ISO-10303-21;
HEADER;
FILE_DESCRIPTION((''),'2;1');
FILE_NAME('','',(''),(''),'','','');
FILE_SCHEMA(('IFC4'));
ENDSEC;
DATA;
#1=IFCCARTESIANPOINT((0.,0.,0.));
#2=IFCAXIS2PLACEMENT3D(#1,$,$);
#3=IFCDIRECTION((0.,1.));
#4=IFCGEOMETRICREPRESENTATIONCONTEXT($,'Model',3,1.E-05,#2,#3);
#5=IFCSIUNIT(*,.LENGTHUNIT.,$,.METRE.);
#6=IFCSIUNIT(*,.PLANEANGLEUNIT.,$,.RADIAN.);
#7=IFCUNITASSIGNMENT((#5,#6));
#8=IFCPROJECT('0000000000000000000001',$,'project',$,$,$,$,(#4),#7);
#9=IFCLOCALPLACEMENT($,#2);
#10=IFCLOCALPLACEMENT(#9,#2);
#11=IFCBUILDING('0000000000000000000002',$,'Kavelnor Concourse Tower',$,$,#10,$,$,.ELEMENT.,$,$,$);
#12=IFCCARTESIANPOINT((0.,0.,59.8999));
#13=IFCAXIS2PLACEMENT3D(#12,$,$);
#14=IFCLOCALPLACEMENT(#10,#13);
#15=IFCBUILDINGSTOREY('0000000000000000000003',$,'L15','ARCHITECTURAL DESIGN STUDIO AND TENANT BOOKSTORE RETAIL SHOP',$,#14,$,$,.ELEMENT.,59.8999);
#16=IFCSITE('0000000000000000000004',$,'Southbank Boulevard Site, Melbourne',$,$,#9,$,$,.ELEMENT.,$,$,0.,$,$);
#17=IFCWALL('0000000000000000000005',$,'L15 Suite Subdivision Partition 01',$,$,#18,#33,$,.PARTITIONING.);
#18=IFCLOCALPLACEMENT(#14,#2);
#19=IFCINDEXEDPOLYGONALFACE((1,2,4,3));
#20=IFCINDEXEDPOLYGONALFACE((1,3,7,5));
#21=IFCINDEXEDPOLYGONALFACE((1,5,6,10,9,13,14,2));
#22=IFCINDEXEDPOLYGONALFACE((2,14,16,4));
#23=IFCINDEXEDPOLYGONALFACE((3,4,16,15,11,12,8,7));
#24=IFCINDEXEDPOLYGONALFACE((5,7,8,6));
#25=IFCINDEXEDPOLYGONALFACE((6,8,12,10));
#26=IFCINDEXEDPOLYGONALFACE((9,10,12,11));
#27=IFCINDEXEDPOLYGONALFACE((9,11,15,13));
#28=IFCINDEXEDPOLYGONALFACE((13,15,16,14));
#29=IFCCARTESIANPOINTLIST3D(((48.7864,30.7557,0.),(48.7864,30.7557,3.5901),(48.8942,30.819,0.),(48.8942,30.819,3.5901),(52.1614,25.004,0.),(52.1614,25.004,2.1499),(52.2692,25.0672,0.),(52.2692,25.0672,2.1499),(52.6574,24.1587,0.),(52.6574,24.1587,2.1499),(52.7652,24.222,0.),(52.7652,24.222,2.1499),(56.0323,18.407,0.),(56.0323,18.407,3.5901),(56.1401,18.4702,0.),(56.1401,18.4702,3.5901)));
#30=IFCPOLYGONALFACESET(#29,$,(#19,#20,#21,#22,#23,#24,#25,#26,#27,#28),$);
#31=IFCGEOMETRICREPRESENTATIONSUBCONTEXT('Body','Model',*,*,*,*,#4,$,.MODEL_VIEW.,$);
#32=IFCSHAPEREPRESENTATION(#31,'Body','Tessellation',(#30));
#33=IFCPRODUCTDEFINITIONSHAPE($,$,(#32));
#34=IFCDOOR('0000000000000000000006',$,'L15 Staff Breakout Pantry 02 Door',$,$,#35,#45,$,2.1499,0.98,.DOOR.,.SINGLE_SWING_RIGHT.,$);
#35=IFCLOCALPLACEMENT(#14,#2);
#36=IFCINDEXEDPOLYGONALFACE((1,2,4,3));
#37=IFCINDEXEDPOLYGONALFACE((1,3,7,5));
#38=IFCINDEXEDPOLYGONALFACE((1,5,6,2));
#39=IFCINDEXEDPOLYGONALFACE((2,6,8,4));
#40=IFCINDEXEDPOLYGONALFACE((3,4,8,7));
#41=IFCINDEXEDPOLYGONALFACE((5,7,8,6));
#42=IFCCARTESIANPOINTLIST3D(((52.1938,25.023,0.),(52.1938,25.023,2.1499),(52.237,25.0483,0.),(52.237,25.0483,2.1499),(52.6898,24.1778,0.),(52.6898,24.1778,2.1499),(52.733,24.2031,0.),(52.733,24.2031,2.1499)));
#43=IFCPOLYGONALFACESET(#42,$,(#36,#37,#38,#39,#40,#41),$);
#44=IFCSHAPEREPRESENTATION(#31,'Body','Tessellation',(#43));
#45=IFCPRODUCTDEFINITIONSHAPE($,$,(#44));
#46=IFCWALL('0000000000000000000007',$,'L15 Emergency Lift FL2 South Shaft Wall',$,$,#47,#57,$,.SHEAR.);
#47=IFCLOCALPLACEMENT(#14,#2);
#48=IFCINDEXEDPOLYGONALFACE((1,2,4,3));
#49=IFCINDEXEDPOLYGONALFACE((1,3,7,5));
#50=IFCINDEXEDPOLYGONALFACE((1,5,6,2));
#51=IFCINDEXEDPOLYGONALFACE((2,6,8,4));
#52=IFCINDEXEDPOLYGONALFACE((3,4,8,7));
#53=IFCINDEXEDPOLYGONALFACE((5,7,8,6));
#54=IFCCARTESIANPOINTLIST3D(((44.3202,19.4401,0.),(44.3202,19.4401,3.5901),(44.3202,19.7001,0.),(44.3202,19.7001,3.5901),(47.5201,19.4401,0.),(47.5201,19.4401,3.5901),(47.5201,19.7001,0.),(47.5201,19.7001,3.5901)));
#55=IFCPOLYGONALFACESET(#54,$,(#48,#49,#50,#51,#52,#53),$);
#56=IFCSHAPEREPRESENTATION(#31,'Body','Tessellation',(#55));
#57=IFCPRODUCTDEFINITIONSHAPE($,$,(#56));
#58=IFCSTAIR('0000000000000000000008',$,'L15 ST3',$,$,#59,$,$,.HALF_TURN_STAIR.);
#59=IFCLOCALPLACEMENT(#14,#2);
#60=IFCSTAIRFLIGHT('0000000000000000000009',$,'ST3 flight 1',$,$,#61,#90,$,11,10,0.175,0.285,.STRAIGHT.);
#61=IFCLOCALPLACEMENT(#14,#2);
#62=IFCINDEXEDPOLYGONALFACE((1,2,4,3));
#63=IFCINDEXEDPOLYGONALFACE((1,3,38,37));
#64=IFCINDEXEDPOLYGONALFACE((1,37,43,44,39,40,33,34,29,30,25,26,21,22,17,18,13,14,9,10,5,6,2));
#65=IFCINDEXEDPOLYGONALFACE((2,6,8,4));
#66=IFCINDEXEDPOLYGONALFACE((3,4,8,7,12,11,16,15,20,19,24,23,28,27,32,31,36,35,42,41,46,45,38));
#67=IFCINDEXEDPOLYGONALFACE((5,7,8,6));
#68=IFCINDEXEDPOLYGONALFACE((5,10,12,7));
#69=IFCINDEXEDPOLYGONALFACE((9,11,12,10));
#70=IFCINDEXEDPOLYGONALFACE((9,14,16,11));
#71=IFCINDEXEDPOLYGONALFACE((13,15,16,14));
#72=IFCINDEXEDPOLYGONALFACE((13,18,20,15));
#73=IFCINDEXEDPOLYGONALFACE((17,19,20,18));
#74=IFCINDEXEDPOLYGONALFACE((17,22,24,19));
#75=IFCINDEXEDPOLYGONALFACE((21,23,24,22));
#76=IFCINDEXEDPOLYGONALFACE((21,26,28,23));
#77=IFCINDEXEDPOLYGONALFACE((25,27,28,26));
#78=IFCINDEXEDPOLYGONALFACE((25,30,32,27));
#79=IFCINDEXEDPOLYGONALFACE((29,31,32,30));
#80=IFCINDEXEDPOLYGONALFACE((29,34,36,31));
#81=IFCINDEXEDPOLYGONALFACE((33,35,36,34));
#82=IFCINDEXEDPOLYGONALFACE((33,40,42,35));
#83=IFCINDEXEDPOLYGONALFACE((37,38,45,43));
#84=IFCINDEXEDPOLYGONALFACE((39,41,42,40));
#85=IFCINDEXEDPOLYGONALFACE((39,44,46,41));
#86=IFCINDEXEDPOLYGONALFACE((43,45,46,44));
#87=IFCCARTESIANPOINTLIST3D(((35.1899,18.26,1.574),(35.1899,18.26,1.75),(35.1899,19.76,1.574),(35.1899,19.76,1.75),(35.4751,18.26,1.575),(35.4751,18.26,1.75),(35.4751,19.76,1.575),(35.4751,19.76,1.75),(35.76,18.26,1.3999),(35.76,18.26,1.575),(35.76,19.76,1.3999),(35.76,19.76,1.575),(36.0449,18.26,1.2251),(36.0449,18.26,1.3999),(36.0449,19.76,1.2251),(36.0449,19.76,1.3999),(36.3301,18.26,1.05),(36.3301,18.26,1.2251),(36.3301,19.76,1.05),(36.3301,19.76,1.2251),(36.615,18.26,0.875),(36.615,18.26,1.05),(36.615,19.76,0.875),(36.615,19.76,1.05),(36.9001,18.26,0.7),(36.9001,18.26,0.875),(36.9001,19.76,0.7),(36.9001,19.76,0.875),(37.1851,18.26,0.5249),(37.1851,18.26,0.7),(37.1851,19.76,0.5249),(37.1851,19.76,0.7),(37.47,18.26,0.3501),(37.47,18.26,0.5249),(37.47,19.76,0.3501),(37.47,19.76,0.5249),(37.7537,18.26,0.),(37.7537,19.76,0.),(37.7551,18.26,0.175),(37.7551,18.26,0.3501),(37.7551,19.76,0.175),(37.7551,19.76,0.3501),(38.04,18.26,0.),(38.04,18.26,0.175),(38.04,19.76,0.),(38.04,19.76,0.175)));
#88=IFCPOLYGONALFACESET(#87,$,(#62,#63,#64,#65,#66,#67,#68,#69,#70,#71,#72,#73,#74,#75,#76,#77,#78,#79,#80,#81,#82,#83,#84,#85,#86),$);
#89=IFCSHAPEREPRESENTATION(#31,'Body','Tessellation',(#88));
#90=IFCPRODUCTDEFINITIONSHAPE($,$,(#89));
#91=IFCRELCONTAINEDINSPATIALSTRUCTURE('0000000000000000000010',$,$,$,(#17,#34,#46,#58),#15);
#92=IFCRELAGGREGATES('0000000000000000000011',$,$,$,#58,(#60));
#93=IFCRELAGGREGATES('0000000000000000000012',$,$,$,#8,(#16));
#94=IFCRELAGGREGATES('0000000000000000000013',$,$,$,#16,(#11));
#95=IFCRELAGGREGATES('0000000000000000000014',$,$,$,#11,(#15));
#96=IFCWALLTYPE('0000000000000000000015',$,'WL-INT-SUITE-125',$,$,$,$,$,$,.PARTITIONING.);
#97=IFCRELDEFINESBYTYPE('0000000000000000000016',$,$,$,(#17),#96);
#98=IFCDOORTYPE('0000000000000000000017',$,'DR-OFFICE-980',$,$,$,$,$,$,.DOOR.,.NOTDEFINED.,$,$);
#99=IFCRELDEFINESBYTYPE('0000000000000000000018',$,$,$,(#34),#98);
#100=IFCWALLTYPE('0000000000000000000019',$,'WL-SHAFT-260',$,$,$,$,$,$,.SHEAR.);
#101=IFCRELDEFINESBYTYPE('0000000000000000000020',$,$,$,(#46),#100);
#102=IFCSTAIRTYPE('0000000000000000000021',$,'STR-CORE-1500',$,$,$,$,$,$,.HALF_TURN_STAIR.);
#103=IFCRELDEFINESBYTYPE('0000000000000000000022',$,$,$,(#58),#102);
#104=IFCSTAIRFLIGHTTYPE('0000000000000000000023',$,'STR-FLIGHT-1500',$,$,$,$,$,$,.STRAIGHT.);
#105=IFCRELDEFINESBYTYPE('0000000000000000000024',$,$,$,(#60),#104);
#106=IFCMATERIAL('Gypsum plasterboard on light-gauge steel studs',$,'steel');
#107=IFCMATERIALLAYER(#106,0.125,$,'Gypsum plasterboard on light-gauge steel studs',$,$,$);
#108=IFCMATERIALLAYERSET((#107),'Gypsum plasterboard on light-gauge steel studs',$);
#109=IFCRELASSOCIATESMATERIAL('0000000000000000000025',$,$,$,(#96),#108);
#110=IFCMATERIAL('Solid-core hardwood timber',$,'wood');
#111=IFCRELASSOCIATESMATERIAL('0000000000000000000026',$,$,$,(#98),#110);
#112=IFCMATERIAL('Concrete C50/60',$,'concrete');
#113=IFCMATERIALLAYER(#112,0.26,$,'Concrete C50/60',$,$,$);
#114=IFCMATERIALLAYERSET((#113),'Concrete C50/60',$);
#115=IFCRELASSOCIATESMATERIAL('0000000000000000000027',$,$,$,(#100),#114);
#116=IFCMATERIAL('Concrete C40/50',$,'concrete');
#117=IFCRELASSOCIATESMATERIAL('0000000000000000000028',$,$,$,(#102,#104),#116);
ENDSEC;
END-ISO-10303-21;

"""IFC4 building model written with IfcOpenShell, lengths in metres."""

from ifc_helpers import new_model, si_unit, direction, frame, frame_2d, origin, place, context, subcontext, project, spatial, polyline, rectangle, outline, extrude, material, layer, layer_set, type_object, element, fill, aggregate, save


model = new_model("IFC4")

# Units and contexts
model_context = context("Model", 3, precision=1e-05, world=origin(), true_north=direction((0.0, 1.0)))
body_context = subcontext(model_context, "Body", "Model", "MODEL_VIEW")
ifc_project = project(units=[si_unit("LENGTHUNIT", "METRE"), si_unit("PLANEANGLEUNIT", "RADIAN")], contexts=[model_context])

# Site, building, storey
site_placement = place(None, origin())
site = spatial("IfcSite", under=ifc_project, at=site_placement, Name="Southbank Boulevard Site, Melbourne", CompositionType="ELEMENT", RefElevation=0.0)
building_placement = place(site_placement, origin())
building = spatial("IfcBuilding", under=site, at=building_placement, Name="Kavelnor Concourse Tower", CompositionType="ELEMENT")
storey_placement = place(building_placement, frame((0.0, 0.0, 59.8999)))
storey = spatial("IfcBuildingStorey", under=building, at=storey_placement, Name="L15", Description="ARCHITECTURAL DESIGN STUDIO AND TENANT BOOKSTORE RETAIL SHOP", CompositionType="ELEMENT", Elevation=59.8999)

# Shared definitions
ifc_material_1 = material(Name="Gypsum plasterboard on light-gauge steel studs", Category="steel")
ifc_material_2 = material(Name="Solid-core hardwood timber", Category="wood")

# Wall, opening, door
ifc_layer_1 = layer(ifc_material_1, 0.125, Name="Gypsum plasterboard on light-gauge steel studs")
ifc_layer_set_1 = layer_set([ifc_layer_1], Name="Gypsum plasterboard on light-gauge steel studs")
wall_type_1 = type_object("IfcWallType", Name="WL-INT-SUITE-125", PredefinedType="PARTITIONING", material=ifc_layer_set_1)
wall_1_placement = place(storey_placement, frame((56.0862, 18.4387, 0.0), z_axis=(0.0, 0.0, 1.0), x_axis=(-0.506083, 0.862485, 0.0)))
wall_1 = element("IfcWall", 1, at=wall_1_placement, inside=storey, type_object=wall_type_1, Name="L15 Suite Subdivision Partition 01", PredefinedType="PARTITIONING", context=body_context, shape_type="SweptSolid", body=[
    extrude(rectangle(XDim=14.3176, YDim=0.125, at=frame_2d((7.1587, 0.0))), origin(), (0.0, 0.0, 1.0), 3.5901),
])
opening_1_placement = place(wall_1_placement, frame((6.6687, 0.0, 0.0)))
opening_1 = element("IfcOpeningElement", 2, at=opening_1_placement, cuts=wall_1, PredefinedType="OPENING", context=body_context, shape_type="SweptSolid", body=[
    extrude(rectangle(XDim=0.98, YDim=2.1499, at=frame_2d((0.49, 1.075))), frame((0.0, 0.0725, 0.0), z_axis=(0.0, -1.0, 0.0), x_axis=(1.0, 0.0, 0.0)), (0.0, 0.0, 1.0), 0.145),
])
door_type_1 = type_object("IfcDoorType", Name="DR-OFFICE-980", OperationType="NOTDEFINED", PredefinedType="DOOR", material=ifc_material_2)
door_1_placement = place(opening_1_placement, origin())
door_1 = element("IfcDoor", 3, at=door_1_placement, inside=storey, type_object=door_type_1, Name="L15 Staff Breakout Pantry 02 Door", OperationType="SINGLE_SWING_RIGHT", OverallHeight=2.1499, OverallWidth=0.98, PredefinedType="DOOR", context=body_context, shape_type="SweptSolid", body=[
    extrude(rectangle(XDim=0.98, YDim=2.1499, at=frame_2d((0.49, 1.075))), frame((0.0, 0.0249, 0.0), z_axis=(0.0, -1.0, 0.0), x_axis=(1.0, 0.0, 0.0)), (0.0, 0.0, 1.0), 0.05),
])
fill(opening_1, door_1)

# Wall
ifc_material_3 = material(Name="Concrete C50/60", Category="concrete")
ifc_layer_2 = layer(ifc_material_3, 0.26, Name="Concrete C50/60")
ifc_layer_set_2 = layer_set([ifc_layer_2], Name="Concrete C50/60")
wall_type_2 = type_object("IfcWallType", Name="WL-SHAFT-260", PredefinedType="SHEAR", material=ifc_layer_set_2)
wall_2_placement = place(storey_placement, frame((44.3201, 19.5701, 0.0), z_axis=(0.0, 0.0, 1.0), x_axis=(1.0, 0.0, 0.0)))
element("IfcWall", 4, at=wall_2_placement, inside=storey, type_object=wall_type_2, Name="L15 Emergency Lift FL2 South Shaft Wall", PredefinedType="SHEAR", context=body_context, shape_type="SweptSolid", body=[
    extrude(rectangle(XDim=3.2, YDim=0.26, at=frame_2d((1.6001, 0.0))), origin(), (0.0, 0.0, 1.0), 3.5901),
])

# Stair, stair flight
ifc_material_4 = material(Name="Concrete C40/50", Category="concrete")
stair_type = type_object("IfcStairType", Name="STR-CORE-1500", PredefinedType="HALF_TURN_STAIR", material=ifc_material_4)
stair_placement = place(storey_placement, origin())
stair = element("IfcStair", 5, at=stair_placement, inside=storey, type_object=stair_type, Name="L15 ST3", PredefinedType="HALF_TURN_STAIR")
stair_flight_type = type_object("IfcStairFlightType", Name="STR-FLIGHT-1500", PredefinedType="STRAIGHT", material=ifc_material_4)
stair_flight_placement = place(storey_placement, frame((38.04, 19.01, 0.0), z_axis=(0.0, 0.0, 1.0), x_axis=(-1.0, 0.0, 0.0)))
stair_flight = element("IfcStairFlight", 6, at=stair_flight_placement, type_object=stair_flight_type, Name="ST3 flight 1", NumberOfRisers=11, NumberOfTreads=10, PredefinedType="STRAIGHT", RiserHeight=0.175, TreadLength=0.285, context=body_context, shape_type="SweptSolid", body=[
    extrude(outline(polyline([(0.0, 0.0), (0.0, 0.175), (0.2849, 0.175), (0.2849, 0.3501), (0.5701, 0.3501), (0.5701, 0.5249), (0.855, 0.5249), (0.855, 0.7), (1.1399, 0.7), (1.1399, 0.875), (1.425, 0.875), (1.425, 1.05), (1.71, 1.05), (1.71, 1.2251), (1.9951, 1.2251), (1.9951, 1.3999), (2.28, 1.3999), (2.28, 1.575), (2.5649, 1.575), (2.5649, 1.75), (2.8501, 1.75), (2.8501, 1.925), (2.8501, 1.574), (0.2864, 0.0), (0.0, 0.0)])), frame((0.0, 0.75, 0.0), z_axis=(0.0, -1.0, 0.0), x_axis=(1.0, 0.0, 0.0)), (0.0, 0.0, 1.0), 1.5),
])
aggregate(stair, [stair_flight])

save(model, "model.ifc")
